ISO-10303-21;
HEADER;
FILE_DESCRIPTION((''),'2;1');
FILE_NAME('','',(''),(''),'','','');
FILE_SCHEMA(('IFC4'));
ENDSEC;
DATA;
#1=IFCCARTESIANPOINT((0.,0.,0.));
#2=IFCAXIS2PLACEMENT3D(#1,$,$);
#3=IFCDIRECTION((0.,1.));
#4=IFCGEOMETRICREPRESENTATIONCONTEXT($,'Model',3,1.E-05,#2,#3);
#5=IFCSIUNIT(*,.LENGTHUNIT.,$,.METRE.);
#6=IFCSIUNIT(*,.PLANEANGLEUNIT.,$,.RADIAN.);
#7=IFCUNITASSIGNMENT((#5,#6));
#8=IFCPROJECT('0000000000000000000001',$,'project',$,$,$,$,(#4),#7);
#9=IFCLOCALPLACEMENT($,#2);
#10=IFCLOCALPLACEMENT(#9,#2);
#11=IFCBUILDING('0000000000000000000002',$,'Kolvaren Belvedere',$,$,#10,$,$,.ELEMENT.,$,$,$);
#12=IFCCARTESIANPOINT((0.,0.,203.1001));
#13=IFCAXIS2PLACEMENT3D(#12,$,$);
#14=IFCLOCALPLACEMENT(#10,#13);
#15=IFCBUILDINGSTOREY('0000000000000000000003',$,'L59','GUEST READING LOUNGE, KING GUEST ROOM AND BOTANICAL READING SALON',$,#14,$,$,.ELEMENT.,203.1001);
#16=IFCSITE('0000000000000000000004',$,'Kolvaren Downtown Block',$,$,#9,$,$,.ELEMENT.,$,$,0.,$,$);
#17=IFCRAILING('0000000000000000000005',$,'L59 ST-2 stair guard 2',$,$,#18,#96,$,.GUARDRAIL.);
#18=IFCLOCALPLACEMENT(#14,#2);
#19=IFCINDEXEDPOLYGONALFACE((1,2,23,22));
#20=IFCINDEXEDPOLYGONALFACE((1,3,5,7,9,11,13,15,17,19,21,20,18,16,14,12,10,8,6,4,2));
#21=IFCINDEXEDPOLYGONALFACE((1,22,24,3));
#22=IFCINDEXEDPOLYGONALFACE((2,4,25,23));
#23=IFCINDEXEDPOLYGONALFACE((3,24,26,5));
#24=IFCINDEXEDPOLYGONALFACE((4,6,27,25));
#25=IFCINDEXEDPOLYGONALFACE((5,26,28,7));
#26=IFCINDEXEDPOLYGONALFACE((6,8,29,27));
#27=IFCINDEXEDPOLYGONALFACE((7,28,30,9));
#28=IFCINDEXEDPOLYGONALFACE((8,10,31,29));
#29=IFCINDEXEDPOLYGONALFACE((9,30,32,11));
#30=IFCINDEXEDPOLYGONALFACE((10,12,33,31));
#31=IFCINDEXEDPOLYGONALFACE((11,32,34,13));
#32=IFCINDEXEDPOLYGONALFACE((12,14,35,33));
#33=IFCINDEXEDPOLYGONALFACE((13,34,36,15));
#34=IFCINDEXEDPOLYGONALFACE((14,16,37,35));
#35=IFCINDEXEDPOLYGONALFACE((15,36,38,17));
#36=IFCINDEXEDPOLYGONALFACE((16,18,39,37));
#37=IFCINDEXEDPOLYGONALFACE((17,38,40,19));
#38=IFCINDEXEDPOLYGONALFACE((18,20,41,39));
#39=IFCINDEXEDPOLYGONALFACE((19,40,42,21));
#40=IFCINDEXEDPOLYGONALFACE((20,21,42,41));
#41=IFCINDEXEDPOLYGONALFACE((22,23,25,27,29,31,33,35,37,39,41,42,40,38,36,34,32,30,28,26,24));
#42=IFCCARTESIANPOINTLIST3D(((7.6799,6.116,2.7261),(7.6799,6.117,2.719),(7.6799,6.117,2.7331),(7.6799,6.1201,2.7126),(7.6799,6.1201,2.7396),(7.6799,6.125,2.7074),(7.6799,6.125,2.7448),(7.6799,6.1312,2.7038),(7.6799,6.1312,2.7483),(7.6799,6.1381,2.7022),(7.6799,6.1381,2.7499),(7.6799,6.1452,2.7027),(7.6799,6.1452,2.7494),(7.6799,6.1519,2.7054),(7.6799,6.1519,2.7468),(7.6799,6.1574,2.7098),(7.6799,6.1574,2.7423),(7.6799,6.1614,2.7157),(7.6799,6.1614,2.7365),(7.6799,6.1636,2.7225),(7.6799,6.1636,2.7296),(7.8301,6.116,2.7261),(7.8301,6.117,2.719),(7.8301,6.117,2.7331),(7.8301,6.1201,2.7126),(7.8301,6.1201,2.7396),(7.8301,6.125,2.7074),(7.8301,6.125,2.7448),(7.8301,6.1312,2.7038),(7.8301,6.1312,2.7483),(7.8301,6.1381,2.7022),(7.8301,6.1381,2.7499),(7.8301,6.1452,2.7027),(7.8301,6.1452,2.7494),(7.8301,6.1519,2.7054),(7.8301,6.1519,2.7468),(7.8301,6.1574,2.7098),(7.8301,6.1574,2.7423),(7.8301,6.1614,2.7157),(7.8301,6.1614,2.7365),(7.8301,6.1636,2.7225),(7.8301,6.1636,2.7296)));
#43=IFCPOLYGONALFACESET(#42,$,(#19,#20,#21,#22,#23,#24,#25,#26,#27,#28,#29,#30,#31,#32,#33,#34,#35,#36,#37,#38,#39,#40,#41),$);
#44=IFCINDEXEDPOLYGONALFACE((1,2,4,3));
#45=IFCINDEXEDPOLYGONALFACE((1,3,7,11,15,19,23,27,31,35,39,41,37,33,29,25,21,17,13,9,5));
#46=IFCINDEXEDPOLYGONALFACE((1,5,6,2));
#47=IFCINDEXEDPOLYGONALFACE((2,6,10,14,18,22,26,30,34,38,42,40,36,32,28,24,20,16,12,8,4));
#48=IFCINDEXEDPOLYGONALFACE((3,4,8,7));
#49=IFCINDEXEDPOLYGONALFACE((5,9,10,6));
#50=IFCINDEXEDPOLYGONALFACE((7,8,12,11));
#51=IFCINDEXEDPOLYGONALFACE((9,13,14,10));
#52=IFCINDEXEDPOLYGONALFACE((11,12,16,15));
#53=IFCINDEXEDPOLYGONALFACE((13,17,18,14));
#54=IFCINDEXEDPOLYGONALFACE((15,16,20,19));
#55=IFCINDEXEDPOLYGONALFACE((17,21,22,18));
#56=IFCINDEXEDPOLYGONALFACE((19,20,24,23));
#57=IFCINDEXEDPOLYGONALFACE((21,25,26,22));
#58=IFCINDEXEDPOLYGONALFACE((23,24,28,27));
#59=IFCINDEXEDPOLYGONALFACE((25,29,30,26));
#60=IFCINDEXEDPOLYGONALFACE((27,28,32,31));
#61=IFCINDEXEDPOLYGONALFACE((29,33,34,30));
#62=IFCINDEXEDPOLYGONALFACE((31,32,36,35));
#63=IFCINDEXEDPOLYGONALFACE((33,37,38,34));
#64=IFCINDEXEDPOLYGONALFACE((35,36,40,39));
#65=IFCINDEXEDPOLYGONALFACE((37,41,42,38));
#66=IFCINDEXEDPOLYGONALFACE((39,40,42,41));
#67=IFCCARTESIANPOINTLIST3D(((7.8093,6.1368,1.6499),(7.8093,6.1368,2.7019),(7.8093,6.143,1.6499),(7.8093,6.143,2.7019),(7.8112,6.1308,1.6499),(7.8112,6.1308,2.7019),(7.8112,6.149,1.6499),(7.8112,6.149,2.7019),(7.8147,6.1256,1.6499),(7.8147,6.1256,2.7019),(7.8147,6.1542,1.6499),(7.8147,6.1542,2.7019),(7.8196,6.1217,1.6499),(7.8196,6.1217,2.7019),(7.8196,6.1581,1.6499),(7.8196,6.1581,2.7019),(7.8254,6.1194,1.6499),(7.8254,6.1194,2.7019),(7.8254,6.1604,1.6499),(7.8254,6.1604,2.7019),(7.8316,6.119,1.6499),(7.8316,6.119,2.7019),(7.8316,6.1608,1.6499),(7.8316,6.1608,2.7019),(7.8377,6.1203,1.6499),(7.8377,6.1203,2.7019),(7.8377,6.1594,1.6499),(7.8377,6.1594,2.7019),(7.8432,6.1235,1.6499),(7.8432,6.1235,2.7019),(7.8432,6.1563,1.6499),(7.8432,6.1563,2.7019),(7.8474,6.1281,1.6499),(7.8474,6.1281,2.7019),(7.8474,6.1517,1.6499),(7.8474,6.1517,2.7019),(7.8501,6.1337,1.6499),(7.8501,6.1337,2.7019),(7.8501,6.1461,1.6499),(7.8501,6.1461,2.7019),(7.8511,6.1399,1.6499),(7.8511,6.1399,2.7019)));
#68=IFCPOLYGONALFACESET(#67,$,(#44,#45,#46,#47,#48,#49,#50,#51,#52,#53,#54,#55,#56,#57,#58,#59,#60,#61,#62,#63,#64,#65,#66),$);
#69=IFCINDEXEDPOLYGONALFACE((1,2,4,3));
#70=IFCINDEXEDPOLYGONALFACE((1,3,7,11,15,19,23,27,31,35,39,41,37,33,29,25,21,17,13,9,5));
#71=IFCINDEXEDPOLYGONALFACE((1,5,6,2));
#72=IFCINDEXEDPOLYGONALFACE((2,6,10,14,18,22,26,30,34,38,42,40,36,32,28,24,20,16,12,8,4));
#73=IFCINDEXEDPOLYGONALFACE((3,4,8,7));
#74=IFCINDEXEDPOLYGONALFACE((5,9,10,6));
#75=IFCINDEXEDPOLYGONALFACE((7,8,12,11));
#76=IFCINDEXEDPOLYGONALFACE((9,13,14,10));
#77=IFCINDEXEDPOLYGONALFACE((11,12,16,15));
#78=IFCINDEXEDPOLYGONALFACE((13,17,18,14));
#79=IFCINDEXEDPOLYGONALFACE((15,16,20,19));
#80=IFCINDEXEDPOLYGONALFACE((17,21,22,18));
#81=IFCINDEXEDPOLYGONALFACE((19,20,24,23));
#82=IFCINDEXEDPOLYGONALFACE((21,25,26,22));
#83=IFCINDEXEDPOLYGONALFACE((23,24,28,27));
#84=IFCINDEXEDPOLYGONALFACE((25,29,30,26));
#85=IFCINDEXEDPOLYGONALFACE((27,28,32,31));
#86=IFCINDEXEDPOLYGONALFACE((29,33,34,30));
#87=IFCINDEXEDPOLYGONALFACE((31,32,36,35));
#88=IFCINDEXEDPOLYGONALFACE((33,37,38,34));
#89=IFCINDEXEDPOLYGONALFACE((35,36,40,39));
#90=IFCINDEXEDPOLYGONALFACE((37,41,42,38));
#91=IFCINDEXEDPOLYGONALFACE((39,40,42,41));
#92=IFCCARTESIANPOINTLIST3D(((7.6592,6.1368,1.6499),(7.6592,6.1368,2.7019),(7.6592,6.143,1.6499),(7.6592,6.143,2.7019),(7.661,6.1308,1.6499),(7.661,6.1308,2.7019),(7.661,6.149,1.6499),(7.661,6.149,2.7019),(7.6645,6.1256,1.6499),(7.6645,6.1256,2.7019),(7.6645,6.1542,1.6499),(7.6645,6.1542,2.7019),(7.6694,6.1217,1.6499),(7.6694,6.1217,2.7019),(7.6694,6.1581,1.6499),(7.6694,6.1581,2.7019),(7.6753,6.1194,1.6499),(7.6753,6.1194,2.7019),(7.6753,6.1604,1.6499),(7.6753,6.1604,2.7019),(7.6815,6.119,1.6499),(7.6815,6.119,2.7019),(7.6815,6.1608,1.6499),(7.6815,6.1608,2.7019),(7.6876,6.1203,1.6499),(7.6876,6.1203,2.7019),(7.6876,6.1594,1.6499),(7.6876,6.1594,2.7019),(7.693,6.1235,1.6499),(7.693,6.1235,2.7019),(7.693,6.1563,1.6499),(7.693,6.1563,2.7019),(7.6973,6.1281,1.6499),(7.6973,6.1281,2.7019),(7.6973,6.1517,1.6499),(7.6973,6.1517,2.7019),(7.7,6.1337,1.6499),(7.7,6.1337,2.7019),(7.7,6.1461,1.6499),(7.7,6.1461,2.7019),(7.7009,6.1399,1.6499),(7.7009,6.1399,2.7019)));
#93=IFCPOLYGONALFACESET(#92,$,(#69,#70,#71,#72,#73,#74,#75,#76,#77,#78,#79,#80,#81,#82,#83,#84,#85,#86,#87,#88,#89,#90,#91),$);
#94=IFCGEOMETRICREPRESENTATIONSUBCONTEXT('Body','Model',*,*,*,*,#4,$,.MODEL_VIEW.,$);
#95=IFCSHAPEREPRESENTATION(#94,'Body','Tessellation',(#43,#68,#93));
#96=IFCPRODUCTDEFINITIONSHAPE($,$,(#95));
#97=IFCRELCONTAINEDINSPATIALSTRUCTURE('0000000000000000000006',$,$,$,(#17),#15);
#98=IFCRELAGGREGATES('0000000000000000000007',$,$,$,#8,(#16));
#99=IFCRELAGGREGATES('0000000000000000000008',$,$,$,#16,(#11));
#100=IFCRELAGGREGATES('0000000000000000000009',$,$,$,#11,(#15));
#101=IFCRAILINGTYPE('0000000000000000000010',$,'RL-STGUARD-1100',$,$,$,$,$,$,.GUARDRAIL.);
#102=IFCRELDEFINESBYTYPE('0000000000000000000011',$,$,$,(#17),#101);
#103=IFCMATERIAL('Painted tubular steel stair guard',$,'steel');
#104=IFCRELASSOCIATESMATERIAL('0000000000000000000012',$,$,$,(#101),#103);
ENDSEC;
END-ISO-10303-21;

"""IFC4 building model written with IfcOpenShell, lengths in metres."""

from ifc_helpers import new_model, si_unit, direction, frame, origin, origin_2d, place, context, subcontext, project, spatial, circle, extrude, material, type_object, element, save


model = new_model("IFC4")

# Units and contexts
model_context = context("Model", 3, precision=1e-05, world=origin(), true_north=direction((0.0, 1.0)))
body_context = subcontext(model_context, "Body", "Model", "MODEL_VIEW")
ifc_project = project(units=[si_unit("LENGTHUNIT", "METRE"), si_unit("PLANEANGLEUNIT", "RADIAN")], contexts=[model_context])

# Site, building, storey
site_placement = place(None, origin())
site = spatial("IfcSite", under=ifc_project, at=site_placement, Name="Kolvaren Downtown Block", CompositionType="ELEMENT", RefElevation=0.0)
building_placement = place(site_placement, origin())
building = spatial("IfcBuilding", under=site, at=building_placement, Name="Kolvaren Belvedere", CompositionType="ELEMENT")
storey_placement = place(building_placement, frame((0.0, 0.0, 203.1001)))
storey = spatial("IfcBuildingStorey", under=building, at=storey_placement, Name="L59", Description="GUEST READING LOUNGE, KING GUEST ROOM AND BOTANICAL READING SALON", CompositionType="ELEMENT", Elevation=203.1001)

# Railing
ifc_material_1 = material(Name="Painted tubular steel stair guard", Category="steel")
railing_type_1 = type_object("IfcRailingType", Name="RL-STGUARD-1100", PredefinedType="GUARDRAIL", material=ifc_material_1)
railing_1_placement = place(storey_placement, frame((7.8301, 6.1399, 1.6499)))
element("IfcRailing", 1, at=railing_1_placement, inside=storey, type_object=railing_type_1, Name="L59 ST-2 stair guard 2", PredefinedType="GUARDRAIL", context=body_context, shape_type="SweptSolid", body=[
    extrude(circle(Radius=0.0239, at=origin_2d()), frame((0.0, 0.0, 1.0762), z_axis=(-1.0, 0.0, 0.0), x_axis=(0.0, -1.0, 0.0)), (0.0, 0.0, 1.0), 0.1501),
    extrude(circle(Radius=0.021, at=origin_2d()), origin(), (0.0, 0.0, 1.0), 1.052),
    extrude(circle(Radius=0.021, at=origin_2d()), frame((-0.1501, 0.0, 0.0)), (0.0, 0.0, 1.0), 1.052),
])

save(model, "model.ifc")
